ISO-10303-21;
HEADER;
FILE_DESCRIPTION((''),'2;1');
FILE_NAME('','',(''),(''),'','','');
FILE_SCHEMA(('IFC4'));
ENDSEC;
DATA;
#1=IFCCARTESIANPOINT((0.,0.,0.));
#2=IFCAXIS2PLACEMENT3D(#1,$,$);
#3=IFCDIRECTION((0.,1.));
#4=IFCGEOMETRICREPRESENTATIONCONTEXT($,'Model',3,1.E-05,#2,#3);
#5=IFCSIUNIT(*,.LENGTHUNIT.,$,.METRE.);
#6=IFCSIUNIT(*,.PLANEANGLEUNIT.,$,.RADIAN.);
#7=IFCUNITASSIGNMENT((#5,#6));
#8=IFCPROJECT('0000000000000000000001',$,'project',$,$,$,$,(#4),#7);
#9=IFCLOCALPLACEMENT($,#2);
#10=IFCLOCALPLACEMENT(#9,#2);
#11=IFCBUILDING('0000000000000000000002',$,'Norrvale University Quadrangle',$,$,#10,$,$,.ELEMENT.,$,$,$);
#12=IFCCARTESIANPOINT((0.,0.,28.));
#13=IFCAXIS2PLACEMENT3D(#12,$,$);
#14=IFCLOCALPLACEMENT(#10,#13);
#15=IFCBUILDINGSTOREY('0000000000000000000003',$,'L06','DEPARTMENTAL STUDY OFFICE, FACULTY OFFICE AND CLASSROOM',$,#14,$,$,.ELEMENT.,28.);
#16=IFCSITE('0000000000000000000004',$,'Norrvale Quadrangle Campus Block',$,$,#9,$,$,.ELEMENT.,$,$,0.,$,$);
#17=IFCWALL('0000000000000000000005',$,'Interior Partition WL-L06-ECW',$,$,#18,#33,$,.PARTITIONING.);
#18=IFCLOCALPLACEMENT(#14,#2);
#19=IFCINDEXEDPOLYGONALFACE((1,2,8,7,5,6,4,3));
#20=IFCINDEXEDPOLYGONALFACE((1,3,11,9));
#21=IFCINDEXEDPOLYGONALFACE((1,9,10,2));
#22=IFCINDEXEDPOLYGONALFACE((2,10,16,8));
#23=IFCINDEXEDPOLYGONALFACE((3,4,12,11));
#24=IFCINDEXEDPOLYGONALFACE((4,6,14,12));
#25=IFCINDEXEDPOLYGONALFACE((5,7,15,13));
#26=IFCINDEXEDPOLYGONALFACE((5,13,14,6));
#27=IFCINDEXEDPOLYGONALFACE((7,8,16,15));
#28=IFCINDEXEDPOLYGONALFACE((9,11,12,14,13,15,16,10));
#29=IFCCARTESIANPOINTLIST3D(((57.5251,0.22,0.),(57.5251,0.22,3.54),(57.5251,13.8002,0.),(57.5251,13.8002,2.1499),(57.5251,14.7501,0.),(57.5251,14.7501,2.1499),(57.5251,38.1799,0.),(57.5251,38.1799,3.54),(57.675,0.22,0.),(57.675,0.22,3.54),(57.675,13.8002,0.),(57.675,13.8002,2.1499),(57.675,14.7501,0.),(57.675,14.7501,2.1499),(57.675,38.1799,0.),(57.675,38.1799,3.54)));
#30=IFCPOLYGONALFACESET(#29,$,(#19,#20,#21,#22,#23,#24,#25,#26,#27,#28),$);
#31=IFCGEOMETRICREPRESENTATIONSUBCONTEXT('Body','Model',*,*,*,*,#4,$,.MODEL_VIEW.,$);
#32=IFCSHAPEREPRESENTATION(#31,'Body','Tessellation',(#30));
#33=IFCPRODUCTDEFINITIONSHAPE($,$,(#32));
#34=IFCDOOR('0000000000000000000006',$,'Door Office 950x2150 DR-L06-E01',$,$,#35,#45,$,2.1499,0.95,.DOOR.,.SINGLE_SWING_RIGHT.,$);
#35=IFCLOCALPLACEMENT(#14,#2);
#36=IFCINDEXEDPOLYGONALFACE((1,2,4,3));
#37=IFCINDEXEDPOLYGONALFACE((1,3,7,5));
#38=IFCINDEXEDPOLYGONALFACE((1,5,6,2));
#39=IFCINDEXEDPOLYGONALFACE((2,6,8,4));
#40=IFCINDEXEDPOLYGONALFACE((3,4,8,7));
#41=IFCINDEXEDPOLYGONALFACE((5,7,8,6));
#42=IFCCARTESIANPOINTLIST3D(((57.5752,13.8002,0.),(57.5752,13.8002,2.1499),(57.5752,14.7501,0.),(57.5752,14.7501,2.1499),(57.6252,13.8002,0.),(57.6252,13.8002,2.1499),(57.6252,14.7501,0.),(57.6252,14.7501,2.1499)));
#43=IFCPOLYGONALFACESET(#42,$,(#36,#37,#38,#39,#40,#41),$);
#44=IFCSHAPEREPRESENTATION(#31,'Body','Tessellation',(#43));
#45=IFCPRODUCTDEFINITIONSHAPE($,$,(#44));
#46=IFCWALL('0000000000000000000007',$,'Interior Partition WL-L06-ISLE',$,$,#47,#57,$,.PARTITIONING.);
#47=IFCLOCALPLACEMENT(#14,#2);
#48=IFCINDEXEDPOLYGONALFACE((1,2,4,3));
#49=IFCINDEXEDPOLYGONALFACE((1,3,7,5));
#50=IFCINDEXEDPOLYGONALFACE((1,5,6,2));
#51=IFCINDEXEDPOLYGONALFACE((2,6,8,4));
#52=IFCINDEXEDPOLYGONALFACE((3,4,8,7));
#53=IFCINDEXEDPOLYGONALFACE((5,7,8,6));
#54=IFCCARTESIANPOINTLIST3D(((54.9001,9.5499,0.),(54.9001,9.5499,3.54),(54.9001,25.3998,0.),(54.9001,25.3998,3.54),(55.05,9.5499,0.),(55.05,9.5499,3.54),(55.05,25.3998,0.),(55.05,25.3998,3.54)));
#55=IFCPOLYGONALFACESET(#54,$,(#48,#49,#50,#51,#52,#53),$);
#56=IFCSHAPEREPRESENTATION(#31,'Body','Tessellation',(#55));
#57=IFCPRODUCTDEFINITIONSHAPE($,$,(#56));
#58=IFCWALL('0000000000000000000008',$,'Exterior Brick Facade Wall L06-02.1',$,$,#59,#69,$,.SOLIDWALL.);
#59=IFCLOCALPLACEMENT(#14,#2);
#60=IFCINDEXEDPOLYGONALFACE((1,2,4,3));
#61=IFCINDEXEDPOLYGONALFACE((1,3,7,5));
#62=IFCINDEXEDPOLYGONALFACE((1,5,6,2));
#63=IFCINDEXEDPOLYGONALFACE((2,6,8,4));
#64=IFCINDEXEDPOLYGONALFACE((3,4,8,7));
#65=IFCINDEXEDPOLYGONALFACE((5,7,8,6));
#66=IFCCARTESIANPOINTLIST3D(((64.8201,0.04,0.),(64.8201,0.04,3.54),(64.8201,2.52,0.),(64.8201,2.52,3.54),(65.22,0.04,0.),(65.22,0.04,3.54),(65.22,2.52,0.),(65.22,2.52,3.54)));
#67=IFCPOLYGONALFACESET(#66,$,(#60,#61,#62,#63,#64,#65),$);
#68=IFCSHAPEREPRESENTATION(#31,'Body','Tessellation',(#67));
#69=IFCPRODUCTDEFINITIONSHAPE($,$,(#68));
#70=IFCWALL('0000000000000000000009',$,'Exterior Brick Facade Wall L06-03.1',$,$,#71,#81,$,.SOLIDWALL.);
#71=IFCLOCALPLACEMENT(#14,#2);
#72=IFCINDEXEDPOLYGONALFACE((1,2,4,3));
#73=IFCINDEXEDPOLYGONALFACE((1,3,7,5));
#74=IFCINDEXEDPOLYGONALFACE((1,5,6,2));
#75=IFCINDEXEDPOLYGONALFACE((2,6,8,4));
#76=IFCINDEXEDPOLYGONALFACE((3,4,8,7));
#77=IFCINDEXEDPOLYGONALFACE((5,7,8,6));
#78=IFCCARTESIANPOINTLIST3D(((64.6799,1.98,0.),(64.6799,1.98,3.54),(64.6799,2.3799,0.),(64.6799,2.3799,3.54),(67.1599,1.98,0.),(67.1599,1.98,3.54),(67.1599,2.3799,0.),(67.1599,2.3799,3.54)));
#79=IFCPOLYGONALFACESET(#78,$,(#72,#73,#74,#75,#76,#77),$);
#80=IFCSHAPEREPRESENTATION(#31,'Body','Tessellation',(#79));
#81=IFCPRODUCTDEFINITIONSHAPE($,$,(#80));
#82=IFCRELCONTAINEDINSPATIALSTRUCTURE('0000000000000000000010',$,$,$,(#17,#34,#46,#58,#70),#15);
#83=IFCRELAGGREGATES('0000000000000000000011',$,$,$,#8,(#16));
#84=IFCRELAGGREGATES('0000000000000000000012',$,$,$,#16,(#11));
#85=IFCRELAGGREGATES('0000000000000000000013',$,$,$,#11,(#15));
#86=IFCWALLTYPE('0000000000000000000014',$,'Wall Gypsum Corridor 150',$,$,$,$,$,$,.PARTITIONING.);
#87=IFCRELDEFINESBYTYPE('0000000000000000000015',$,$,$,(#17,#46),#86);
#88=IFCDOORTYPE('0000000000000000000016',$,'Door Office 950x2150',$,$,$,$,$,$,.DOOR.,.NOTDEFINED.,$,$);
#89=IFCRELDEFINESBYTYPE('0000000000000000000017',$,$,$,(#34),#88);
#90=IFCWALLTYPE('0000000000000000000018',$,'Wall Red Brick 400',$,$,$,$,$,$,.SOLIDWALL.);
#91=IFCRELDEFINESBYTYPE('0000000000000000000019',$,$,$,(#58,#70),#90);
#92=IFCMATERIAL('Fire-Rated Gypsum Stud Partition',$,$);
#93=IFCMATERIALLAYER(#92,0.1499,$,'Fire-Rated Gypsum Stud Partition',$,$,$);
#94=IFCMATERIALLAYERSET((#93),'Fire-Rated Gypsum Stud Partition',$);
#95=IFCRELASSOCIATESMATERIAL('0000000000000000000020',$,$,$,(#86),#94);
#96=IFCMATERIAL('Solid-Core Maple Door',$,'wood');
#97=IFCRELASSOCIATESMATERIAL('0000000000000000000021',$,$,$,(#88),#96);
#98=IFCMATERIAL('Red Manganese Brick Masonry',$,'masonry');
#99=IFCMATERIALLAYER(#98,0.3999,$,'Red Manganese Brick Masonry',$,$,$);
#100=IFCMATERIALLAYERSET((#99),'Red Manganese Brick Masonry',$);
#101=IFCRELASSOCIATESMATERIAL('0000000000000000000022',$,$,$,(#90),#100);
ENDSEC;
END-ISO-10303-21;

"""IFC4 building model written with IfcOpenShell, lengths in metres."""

from ifc_helpers import new_model, si_unit, direction, frame, frame_2d, origin, place, context, subcontext, project, spatial, rectangle, extrude, material, layer, layer_set, type_object, element, fill, save


model = new_model("IFC4")

# Units and contexts
model_context = context("Model", 3, precision=1e-05, world=origin(), true_north=direction((0.0, 1.0)))
body_context = subcontext(model_context, "Body", "Model", "MODEL_VIEW")
ifc_project = project(units=[si_unit("LENGTHUNIT", "METRE"), si_unit("PLANEANGLEUNIT", "RADIAN")], contexts=[model_context])

# Site, building, storey
site_placement = place(None, origin())
site = spatial("IfcSite", under=ifc_project, at=site_placement, Name="Norrvale Quadrangle Campus Block", CompositionType="ELEMENT", RefElevation=0.0)
building_placement = place(site_placement, origin())
building = spatial("IfcBuilding", under=site, at=building_placement, Name="Norrvale University Quadrangle", CompositionType="ELEMENT")
storey_placement = place(building_placement, frame((0.0, 0.0, 28.0)))
storey = spatial("IfcBuildingStorey", under=building, at=storey_placement, Name="L06", Description="DEPARTMENTAL STUDY OFFICE, FACULTY OFFICE AND CLASSROOM", CompositionType="ELEMENT", Elevation=28.0)

# Wall, opening, door
ifc_material_1 = material(Name="Fire-Rated Gypsum Stud Partition")
ifc_layer_1 = layer(ifc_material_1, 0.1499, Name="Fire-Rated Gypsum Stud Partition")
ifc_layer_set_1 = layer_set([ifc_layer_1], Name="Fire-Rated Gypsum Stud Partition")
wall_type_1 = type_object("IfcWallType", Name="Wall Gypsum Corridor 150", PredefinedType="PARTITIONING", material=ifc_layer_set_1)
wall_1_placement = place(storey_placement, frame((57.6001, 0.22, 0.0), z_axis=(0.0, 0.0, 1.0), x_axis=(0.0, 1.0, 0.0)))
wall_1 = element("IfcWall", 1, at=wall_1_placement, inside=storey, type_object=wall_type_1, Name="Interior Partition WL-L06-ECW", PredefinedType="PARTITIONING", context=body_context, shape_type="SweptSolid", body=[
    extrude(rectangle(XDim=37.96, YDim=0.1499, at=frame_2d((18.98, 0.0))), origin(), (0.0, 0.0, 1.0), 3.54),
])
opening_1_placement = place(wall_1_placement, frame((13.5801, 0.0, 0.0)))
opening_1 = element("IfcOpeningElement", 2, at=opening_1_placement, cuts=wall_1, PredefinedType="OPENING", context=body_context, shape_type="SweptSolid", body=[
    extrude(rectangle(XDim=0.95, YDim=2.1499, at=frame_2d((0.4751, 1.075))), frame((0.0, 0.0869, 0.0), z_axis=(0.0, -1.0, 0.0), x_axis=(1.0, 0.0, 0.0)), (0.0, 0.0, 1.0), 0.1738),
])
ifc_material_2 = material(Name="Solid-Core Maple Door", Category="wood")
door_type = type_object("IfcDoorType", Name="Door Office 950x2150", OperationType="NOTDEFINED", PredefinedType="DOOR", material=ifc_material_2)
door_placement = place(opening_1_placement, origin())
door = element("IfcDoor", 3, at=door_placement, inside=storey, type_object=door_type, Name="Door Office 950x2150 DR-L06-E01", OperationType="SINGLE_SWING_RIGHT", OverallHeight=2.1499, OverallWidth=0.95, PredefinedType="DOOR", context=body_context, shape_type="SweptSolid", body=[
    extrude(rectangle(XDim=0.95, YDim=2.1499, at=frame_2d((0.4751, 1.075))), frame((0.0, 0.0249, 0.0), z_axis=(0.0, -1.0, 0.0), x_axis=(1.0, 0.0, 0.0)), (0.0, 0.0, 1.0), 0.05),
])
fill(opening_1, door)

# Walls
wall_2_placement = place(storey_placement, frame((54.9751, 9.55, 0.0), z_axis=(0.0, 0.0, 1.0), x_axis=(0.0, 1.0, 0.0)))
element("IfcWall", 4, at=wall_2_placement, inside=storey, type_object=wall_type_1, Name="Interior Partition WL-L06-ISLE", PredefinedType="PARTITIONING", context=body_context, shape_type="SweptSolid", body=[
    extrude(rectangle(XDim=15.8499, YDim=0.1499, at=frame_2d((7.9248, 0.0))), origin(), (0.0, 0.0, 1.0), 3.54),
])
ifc_material_3 = material(Name="Red Manganese Brick Masonry", Category="masonry")
ifc_layer_2 = layer(ifc_material_3, 0.3999, Name="Red Manganese Brick Masonry")
ifc_layer_set_2 = layer_set([ifc_layer_2], Name="Red Manganese Brick Masonry")
wall_type_2 = type_object("IfcWallType", Name="Wall Red Brick 400", PredefinedType="SOLIDWALL", material=ifc_layer_set_2)
for number, where, z_axis, x_axis, name in (
    (5, (65.02, 0.04, 0.0), (0.0, 0.0, 1.0), (0.0, 1.0, 0.0), "Exterior Brick Facade Wall L06-02.1"),
    (6, (64.6799, 2.1799, 0.0), (0.0, 0.0, 1.0), (1.0, 0.0, 0.0), "Exterior Brick Facade Wall L06-03.1"),
):
    element("IfcWall", number, at=place(storey_placement, frame(where, z_axis=z_axis, x_axis=x_axis)), inside=storey, type_object=wall_type_2, Name=name, PredefinedType="SOLIDWALL", context=body_context, shape_type="SweptSolid", body=[
        extrude(rectangle(XDim=2.48, YDim=0.3999, at=frame_2d((1.24, 0.0))), origin(), (0.0, 0.0, 1.0), 3.54),
    ])

save(model, "model.ifc")
